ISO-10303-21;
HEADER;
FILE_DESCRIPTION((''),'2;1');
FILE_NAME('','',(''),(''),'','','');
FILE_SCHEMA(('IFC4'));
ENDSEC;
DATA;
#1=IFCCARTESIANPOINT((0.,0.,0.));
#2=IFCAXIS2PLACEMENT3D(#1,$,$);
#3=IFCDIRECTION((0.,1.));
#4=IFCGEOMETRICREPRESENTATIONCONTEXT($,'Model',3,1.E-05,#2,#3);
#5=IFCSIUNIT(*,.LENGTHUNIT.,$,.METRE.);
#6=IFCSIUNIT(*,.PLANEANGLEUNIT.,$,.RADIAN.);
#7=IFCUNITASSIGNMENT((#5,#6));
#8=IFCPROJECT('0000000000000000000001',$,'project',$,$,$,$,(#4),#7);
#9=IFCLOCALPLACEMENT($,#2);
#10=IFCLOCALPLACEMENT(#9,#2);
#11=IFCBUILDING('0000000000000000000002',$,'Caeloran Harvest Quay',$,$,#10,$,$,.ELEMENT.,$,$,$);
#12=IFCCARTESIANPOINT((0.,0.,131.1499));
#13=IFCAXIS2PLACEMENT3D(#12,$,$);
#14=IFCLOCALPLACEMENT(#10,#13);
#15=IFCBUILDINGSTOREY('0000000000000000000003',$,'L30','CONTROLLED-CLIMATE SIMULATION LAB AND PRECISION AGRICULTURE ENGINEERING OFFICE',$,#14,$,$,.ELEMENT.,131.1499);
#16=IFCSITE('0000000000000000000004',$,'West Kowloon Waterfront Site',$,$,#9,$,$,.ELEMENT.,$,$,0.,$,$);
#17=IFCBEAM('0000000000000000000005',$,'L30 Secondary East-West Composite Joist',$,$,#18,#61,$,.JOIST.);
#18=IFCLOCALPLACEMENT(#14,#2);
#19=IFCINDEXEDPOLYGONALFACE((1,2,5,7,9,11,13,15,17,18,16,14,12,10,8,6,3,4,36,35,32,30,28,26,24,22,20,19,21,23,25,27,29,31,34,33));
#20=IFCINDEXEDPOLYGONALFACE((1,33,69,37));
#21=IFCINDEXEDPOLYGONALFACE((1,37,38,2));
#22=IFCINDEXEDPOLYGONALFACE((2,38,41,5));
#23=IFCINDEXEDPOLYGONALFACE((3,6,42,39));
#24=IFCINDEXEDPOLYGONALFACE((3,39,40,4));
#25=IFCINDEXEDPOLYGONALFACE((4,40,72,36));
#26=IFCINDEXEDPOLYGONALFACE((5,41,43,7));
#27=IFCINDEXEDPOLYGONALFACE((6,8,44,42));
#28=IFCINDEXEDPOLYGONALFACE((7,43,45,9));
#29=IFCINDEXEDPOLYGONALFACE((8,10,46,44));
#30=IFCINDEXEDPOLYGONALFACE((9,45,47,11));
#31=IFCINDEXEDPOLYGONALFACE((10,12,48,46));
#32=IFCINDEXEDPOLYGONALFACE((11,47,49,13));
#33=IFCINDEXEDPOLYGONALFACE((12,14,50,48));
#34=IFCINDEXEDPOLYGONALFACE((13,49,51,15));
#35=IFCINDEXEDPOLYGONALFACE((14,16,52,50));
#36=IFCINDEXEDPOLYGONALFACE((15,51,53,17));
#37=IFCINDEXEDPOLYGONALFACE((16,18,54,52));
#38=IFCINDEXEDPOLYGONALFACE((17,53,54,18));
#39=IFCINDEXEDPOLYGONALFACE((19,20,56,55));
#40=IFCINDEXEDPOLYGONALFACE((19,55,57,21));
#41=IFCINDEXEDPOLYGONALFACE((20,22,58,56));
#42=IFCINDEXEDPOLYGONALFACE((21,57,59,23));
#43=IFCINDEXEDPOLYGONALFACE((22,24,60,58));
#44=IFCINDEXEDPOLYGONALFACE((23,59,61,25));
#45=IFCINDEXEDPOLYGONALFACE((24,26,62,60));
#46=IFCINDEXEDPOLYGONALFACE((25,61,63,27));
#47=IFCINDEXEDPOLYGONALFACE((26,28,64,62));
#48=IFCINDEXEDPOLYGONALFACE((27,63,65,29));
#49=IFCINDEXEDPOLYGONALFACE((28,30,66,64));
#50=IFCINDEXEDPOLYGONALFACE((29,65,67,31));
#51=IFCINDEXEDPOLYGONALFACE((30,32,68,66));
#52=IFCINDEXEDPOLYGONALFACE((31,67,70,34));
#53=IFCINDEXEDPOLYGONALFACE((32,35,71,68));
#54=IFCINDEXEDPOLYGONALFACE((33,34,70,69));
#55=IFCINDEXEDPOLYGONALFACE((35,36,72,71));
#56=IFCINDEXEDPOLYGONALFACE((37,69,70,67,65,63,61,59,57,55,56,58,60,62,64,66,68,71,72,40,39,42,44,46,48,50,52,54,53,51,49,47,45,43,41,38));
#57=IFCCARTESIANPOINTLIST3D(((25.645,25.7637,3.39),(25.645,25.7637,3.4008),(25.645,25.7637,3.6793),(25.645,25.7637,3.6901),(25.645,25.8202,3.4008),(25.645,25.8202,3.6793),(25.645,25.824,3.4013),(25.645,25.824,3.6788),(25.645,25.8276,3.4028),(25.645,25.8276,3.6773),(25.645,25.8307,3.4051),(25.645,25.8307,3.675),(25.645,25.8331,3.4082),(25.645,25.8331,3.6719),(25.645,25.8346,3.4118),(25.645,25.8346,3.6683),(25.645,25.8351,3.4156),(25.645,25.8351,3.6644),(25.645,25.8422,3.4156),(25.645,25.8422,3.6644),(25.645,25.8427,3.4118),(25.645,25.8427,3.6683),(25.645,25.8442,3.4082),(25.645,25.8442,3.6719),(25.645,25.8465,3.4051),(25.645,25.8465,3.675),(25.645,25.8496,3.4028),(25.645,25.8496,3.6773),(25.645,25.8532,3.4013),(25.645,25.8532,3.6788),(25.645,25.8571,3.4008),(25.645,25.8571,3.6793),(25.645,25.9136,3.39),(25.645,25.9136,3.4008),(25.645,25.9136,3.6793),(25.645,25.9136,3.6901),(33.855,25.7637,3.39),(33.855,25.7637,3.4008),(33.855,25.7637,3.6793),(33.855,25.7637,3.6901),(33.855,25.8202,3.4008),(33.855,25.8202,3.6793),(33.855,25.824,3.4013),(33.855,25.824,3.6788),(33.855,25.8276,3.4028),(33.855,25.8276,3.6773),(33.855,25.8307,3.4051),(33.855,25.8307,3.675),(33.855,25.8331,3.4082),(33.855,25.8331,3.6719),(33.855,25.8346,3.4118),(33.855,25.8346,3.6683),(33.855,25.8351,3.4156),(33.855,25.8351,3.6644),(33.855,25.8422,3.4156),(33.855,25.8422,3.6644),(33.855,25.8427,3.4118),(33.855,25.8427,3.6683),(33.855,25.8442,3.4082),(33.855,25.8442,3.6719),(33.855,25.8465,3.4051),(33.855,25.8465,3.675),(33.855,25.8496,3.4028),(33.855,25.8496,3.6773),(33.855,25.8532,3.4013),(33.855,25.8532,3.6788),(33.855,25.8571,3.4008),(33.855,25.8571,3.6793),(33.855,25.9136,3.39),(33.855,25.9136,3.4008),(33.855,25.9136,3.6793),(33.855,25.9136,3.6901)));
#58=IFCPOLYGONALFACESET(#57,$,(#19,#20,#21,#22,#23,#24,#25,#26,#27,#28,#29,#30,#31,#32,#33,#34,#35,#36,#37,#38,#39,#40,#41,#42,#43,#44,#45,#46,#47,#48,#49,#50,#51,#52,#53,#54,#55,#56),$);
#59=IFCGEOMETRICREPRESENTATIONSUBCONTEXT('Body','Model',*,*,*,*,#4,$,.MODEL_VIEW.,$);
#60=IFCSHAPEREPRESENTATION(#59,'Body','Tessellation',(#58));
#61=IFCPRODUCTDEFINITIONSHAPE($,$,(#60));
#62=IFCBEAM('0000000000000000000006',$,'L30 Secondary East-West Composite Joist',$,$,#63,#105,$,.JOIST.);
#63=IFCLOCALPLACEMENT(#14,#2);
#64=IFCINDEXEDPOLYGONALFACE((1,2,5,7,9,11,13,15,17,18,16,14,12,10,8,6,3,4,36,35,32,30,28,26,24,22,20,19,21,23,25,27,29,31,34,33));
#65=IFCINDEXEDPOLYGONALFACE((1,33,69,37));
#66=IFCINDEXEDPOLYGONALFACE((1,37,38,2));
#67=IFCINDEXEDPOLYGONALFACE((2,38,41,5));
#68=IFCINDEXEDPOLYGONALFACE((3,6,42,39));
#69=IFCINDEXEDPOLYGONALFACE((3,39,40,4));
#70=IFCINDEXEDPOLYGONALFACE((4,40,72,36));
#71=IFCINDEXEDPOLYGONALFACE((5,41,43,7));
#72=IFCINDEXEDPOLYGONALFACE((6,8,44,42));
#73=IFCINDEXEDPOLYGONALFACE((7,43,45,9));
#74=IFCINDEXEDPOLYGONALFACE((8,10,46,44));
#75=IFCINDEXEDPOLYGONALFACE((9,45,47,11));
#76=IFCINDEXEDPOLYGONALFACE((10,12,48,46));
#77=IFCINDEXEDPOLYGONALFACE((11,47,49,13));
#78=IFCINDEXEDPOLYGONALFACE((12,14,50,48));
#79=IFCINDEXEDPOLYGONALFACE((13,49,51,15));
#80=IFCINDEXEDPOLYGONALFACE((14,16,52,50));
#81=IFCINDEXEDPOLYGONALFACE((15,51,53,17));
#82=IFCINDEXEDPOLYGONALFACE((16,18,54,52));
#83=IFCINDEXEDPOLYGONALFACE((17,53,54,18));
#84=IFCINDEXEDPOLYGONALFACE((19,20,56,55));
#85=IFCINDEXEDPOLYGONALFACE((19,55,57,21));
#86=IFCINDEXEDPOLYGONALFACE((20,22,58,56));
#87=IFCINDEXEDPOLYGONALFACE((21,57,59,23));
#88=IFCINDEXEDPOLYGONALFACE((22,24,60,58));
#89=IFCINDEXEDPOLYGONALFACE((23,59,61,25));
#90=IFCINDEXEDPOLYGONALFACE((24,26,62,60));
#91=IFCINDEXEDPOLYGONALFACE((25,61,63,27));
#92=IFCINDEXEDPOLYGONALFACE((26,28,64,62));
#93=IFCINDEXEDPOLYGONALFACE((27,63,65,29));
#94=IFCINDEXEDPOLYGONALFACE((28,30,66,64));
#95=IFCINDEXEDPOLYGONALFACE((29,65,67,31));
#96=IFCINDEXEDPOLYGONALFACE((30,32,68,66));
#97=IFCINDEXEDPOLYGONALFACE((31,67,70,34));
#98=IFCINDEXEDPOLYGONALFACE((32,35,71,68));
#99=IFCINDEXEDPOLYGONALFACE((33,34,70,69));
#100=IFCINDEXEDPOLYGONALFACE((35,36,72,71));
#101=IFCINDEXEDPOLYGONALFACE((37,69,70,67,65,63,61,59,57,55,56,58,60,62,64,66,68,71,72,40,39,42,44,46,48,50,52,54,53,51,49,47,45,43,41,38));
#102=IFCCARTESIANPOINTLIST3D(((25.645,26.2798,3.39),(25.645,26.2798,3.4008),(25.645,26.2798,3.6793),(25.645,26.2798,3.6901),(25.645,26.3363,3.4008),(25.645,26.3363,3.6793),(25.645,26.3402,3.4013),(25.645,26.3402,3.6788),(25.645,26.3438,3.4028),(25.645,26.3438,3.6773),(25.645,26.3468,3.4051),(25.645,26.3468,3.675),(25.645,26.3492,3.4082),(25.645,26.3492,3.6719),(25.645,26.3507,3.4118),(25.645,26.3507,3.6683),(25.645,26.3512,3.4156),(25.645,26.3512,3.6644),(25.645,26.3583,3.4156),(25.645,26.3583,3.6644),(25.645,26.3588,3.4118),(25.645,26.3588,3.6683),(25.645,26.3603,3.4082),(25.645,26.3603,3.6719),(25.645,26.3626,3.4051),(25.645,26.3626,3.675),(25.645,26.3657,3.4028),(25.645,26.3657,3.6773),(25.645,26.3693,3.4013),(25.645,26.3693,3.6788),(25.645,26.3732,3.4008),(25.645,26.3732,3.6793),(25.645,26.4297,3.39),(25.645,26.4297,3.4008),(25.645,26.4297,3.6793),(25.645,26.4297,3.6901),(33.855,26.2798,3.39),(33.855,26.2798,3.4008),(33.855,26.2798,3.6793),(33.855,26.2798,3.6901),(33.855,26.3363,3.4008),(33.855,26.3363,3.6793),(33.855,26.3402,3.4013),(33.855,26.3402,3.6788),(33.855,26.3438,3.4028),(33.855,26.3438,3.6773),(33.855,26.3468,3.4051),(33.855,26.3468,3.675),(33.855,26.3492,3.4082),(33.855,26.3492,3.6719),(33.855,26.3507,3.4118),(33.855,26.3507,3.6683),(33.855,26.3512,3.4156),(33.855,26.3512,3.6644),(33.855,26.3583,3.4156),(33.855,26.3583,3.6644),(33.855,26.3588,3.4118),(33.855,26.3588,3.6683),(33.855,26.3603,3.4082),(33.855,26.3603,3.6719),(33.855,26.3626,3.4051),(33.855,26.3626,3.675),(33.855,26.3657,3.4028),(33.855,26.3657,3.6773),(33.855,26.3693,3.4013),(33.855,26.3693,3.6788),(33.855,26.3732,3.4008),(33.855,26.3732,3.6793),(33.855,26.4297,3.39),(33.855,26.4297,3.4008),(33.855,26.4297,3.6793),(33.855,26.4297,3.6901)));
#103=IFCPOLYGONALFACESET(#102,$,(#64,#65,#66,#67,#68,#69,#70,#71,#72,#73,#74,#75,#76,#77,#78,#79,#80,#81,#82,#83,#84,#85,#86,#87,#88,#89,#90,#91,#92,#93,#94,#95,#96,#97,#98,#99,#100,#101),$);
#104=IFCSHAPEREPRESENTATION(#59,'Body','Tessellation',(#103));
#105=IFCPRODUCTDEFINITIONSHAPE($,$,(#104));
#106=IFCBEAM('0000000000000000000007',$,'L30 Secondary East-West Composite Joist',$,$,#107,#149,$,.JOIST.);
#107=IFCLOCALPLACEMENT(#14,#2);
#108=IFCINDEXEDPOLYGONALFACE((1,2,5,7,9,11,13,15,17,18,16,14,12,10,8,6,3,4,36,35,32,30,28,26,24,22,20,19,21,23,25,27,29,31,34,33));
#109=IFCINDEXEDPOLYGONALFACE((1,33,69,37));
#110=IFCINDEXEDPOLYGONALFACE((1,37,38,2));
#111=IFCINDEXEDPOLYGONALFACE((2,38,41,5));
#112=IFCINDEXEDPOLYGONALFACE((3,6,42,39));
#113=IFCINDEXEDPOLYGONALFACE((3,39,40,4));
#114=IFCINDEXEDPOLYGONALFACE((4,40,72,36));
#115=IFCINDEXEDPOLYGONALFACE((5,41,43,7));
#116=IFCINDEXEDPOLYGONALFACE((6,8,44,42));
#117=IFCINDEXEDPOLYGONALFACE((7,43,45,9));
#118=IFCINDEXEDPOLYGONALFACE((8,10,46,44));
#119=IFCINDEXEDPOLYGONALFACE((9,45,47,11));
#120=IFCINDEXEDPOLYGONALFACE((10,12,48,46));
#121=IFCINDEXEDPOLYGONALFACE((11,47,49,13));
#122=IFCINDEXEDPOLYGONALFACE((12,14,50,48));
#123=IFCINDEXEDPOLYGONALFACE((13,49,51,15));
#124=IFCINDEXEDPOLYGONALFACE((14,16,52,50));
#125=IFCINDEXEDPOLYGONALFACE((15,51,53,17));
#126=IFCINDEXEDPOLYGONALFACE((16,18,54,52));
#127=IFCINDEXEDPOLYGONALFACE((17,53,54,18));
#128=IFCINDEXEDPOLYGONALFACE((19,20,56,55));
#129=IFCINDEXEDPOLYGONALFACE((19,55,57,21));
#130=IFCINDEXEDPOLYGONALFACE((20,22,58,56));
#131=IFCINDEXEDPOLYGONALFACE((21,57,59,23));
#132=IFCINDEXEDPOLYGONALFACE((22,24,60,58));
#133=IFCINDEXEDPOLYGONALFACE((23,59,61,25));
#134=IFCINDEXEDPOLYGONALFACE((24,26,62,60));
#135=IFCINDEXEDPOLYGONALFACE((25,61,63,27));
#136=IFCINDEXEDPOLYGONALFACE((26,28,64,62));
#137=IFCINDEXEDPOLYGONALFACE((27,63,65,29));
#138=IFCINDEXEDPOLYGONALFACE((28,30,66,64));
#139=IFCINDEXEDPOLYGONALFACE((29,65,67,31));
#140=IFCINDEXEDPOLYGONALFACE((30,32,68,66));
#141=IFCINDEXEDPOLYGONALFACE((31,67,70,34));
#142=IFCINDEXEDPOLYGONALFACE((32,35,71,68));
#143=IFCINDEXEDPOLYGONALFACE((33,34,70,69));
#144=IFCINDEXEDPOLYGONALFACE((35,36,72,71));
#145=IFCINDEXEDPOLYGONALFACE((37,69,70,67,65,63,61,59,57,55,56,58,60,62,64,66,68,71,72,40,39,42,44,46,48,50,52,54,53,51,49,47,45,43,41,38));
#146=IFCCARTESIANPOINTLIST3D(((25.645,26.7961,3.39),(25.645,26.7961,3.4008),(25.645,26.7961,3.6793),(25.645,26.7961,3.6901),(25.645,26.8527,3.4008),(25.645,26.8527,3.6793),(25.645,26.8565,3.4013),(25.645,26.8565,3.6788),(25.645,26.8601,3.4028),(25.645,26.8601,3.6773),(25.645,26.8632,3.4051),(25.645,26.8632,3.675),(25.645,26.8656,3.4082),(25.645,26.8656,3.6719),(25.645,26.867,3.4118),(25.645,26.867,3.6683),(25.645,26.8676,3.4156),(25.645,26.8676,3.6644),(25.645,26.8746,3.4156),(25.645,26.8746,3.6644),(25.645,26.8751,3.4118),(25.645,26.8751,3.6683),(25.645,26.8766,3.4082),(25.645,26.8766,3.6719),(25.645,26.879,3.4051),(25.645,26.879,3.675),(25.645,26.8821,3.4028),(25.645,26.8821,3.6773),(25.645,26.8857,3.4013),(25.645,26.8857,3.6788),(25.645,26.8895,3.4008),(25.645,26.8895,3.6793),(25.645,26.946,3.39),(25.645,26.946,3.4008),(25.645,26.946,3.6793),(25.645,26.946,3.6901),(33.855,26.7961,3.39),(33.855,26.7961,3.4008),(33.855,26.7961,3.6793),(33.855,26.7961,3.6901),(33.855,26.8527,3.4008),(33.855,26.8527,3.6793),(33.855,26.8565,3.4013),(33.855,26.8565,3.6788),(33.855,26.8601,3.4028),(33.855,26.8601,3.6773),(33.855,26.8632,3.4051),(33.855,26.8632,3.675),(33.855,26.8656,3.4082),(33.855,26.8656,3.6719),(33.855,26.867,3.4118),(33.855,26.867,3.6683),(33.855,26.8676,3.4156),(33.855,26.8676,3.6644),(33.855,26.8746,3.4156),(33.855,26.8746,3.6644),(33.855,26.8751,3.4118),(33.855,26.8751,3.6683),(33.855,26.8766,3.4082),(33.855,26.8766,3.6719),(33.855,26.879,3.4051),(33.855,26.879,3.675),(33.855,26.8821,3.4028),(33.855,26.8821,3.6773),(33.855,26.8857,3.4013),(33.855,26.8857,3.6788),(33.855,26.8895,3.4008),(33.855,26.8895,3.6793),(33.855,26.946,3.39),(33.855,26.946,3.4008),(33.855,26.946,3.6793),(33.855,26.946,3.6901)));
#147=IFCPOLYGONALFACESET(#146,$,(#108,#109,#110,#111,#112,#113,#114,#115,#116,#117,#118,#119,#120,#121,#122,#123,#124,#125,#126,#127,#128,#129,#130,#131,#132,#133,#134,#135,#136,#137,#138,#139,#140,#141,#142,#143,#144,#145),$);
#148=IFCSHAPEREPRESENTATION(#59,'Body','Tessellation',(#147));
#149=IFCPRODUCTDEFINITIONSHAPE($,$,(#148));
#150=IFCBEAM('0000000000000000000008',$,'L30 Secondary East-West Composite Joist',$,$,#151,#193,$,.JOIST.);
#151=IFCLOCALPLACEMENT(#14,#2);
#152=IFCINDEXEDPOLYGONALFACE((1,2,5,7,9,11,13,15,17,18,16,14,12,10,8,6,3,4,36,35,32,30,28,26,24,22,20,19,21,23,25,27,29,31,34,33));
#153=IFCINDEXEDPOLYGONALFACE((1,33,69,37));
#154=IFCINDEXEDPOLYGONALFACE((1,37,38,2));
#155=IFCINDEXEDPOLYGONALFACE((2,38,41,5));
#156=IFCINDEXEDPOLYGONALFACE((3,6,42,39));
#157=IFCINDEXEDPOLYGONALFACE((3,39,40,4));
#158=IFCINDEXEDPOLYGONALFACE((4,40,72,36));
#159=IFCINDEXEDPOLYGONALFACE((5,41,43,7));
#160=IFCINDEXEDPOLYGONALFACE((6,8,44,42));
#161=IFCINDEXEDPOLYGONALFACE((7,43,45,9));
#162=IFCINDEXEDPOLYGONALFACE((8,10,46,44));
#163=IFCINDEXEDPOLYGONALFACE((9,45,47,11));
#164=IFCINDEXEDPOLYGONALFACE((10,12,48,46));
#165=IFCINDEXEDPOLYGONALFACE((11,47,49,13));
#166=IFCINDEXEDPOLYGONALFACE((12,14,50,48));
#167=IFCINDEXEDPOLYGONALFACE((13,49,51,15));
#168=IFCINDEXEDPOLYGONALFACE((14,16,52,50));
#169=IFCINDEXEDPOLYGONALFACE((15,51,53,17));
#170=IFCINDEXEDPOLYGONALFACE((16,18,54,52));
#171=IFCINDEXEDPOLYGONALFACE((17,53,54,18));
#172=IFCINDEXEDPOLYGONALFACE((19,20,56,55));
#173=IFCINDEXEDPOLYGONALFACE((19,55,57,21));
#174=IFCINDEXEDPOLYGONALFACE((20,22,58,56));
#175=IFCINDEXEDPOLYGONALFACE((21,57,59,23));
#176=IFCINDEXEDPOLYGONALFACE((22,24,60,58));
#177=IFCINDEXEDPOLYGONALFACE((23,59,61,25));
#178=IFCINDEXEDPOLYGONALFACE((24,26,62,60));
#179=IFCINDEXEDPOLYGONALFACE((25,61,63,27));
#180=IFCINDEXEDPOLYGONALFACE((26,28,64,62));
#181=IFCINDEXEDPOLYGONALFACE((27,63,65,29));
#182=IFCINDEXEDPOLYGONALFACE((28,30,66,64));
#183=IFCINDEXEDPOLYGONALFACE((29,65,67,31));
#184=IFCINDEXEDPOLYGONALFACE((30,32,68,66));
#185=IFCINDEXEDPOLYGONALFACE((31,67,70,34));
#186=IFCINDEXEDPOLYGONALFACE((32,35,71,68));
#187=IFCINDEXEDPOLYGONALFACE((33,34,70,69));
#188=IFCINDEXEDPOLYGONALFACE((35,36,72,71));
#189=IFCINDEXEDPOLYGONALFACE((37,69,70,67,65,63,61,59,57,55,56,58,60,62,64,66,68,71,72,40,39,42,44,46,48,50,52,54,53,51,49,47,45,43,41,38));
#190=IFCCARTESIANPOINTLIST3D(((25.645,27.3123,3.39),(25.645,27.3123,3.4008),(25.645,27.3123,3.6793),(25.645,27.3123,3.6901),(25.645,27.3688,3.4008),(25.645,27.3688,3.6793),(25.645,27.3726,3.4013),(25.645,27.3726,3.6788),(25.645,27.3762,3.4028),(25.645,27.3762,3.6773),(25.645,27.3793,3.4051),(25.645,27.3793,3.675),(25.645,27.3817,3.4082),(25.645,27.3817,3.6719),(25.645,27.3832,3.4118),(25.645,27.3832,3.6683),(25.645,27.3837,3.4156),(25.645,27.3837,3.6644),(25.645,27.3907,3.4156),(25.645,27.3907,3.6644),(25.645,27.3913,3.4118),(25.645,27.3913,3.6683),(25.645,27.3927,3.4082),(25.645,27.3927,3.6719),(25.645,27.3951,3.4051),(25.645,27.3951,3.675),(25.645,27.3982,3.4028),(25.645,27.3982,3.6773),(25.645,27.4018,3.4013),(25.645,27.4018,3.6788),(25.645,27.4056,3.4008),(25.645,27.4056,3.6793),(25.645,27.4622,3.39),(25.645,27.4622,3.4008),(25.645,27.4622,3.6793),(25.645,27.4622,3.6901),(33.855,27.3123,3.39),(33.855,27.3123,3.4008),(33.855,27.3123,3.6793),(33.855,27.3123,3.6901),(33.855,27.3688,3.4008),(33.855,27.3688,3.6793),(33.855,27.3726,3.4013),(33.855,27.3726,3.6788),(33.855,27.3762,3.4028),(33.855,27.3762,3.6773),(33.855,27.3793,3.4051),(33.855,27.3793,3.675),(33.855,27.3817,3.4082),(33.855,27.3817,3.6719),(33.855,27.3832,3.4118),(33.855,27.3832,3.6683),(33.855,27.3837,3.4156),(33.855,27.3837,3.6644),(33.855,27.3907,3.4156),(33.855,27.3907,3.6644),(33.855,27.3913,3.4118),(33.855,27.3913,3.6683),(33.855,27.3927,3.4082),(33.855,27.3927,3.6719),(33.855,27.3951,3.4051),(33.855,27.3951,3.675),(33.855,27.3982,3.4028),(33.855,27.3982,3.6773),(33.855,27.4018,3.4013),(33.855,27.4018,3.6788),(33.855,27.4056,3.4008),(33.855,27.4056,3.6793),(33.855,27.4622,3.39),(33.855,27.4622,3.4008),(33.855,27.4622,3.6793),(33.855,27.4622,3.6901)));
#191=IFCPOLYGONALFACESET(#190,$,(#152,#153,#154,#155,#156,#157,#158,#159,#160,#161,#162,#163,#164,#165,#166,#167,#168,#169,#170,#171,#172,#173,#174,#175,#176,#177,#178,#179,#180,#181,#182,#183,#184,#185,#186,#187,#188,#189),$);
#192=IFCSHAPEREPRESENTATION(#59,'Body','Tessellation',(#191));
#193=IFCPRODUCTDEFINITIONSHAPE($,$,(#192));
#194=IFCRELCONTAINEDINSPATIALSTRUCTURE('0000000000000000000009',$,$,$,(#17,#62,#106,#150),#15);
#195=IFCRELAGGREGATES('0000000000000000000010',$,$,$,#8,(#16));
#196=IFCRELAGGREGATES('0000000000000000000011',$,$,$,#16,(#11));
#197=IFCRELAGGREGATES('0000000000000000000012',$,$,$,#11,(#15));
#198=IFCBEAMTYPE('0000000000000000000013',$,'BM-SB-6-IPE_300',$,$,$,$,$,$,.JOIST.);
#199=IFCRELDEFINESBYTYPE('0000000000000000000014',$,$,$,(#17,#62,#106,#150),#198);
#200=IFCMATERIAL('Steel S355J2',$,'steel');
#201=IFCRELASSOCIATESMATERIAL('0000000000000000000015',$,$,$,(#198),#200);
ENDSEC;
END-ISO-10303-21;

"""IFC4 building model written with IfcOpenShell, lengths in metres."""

from ifc_helpers import new_model, si_unit, direction, frame, origin, origin_2d, place, context, subcontext, project, spatial, i_section, extrude, material, material_profile, profile_set, type_object, element, save


model = new_model("IFC4")

# Units and contexts
model_context = context("Model", 3, precision=1e-05, world=origin(), true_north=direction((0.0, 1.0)))
body_context = subcontext(model_context, "Body", "Model", "MODEL_VIEW")
ifc_project = project(units=[si_unit("LENGTHUNIT", "METRE"), si_unit("PLANEANGLEUNIT", "RADIAN")], contexts=[model_context])

# Site, building, storey
site_placement = place(None, origin())
site = spatial("IfcSite", under=ifc_project, at=site_placement, Name="West Kowloon Waterfront Site", CompositionType="ELEMENT", RefElevation=0.0)
building_placement = place(site_placement, origin())
building = spatial("IfcBuilding", under=site, at=building_placement, Name="Caeloran Harvest Quay", CompositionType="ELEMENT")
storey_placement = place(building_placement, frame((0.0, 0.0, 131.1499)))
storey = spatial("IfcBuildingStorey", under=building, at=storey_placement, Name="L30", Description="CONTROLLED-CLIMATE SIMULATION LAB AND PRECISION AGRICULTURE ENGINEERING OFFICE", CompositionType="ELEMENT", Elevation=131.1499)

# Beams
ifc_material_1 = material(Name="Steel S355J2", Category="steel")
ifc_material_profile_1 = material_profile(ifc_material_1, i_section(OverallWidth=0.1499, OverallDepth=0.3, WebThickness=0.0071, FlangeThickness=0.0107, FilletRadius=0.0149, at=origin_2d()), Name="IPE 300")
ifc_profile_set_1 = profile_set([ifc_material_profile_1], Name="Steel S355J2")
beam_type_1 = type_object("IfcBeamType", Name="BM-SB-6-IPE_300", PredefinedType="JOIST", material=ifc_profile_set_1)
for number, where, z_axis, x_axis, name in (
    (1, (25.645, 25.8386, 3.54), (1.0, 0.0, 0.0), (0.0, 1.0, 0.0), "L30 Secondary East-West Composite Joist"),
    (2, (25.645, 26.3547, 3.54), (1.0, 0.0, 0.0), (0.0, 1.0, 0.0), "L30 Secondary East-West Composite Joist"),
    (3, (25.645, 26.8711, 3.54), (1.0, 0.0, 0.0), (0.0, 1.0, 0.0), "L30 Secondary East-West Composite Joist"),
    (4, (25.645, 27.3872, 3.54), (1.0, 0.0, 0.0), (0.0, 1.0, 0.0), "L30 Secondary East-West Composite Joist"),
):
    element("IfcBeam", number, at=place(storey_placement, frame(where, z_axis=z_axis, x_axis=x_axis)), inside=storey, type_object=beam_type_1, Name=name, PredefinedType="JOIST", context=body_context, shape_type="SweptSolid", body=[
        extrude(i_section(OverallWidth=0.1499, OverallDepth=0.3, WebThickness=0.0071, FlangeThickness=0.0107, FilletRadius=0.0149, at=origin_2d()), origin(), (0.0, 0.0, 1.0), 8.21),
    ])

save(model, "model.ifc")
